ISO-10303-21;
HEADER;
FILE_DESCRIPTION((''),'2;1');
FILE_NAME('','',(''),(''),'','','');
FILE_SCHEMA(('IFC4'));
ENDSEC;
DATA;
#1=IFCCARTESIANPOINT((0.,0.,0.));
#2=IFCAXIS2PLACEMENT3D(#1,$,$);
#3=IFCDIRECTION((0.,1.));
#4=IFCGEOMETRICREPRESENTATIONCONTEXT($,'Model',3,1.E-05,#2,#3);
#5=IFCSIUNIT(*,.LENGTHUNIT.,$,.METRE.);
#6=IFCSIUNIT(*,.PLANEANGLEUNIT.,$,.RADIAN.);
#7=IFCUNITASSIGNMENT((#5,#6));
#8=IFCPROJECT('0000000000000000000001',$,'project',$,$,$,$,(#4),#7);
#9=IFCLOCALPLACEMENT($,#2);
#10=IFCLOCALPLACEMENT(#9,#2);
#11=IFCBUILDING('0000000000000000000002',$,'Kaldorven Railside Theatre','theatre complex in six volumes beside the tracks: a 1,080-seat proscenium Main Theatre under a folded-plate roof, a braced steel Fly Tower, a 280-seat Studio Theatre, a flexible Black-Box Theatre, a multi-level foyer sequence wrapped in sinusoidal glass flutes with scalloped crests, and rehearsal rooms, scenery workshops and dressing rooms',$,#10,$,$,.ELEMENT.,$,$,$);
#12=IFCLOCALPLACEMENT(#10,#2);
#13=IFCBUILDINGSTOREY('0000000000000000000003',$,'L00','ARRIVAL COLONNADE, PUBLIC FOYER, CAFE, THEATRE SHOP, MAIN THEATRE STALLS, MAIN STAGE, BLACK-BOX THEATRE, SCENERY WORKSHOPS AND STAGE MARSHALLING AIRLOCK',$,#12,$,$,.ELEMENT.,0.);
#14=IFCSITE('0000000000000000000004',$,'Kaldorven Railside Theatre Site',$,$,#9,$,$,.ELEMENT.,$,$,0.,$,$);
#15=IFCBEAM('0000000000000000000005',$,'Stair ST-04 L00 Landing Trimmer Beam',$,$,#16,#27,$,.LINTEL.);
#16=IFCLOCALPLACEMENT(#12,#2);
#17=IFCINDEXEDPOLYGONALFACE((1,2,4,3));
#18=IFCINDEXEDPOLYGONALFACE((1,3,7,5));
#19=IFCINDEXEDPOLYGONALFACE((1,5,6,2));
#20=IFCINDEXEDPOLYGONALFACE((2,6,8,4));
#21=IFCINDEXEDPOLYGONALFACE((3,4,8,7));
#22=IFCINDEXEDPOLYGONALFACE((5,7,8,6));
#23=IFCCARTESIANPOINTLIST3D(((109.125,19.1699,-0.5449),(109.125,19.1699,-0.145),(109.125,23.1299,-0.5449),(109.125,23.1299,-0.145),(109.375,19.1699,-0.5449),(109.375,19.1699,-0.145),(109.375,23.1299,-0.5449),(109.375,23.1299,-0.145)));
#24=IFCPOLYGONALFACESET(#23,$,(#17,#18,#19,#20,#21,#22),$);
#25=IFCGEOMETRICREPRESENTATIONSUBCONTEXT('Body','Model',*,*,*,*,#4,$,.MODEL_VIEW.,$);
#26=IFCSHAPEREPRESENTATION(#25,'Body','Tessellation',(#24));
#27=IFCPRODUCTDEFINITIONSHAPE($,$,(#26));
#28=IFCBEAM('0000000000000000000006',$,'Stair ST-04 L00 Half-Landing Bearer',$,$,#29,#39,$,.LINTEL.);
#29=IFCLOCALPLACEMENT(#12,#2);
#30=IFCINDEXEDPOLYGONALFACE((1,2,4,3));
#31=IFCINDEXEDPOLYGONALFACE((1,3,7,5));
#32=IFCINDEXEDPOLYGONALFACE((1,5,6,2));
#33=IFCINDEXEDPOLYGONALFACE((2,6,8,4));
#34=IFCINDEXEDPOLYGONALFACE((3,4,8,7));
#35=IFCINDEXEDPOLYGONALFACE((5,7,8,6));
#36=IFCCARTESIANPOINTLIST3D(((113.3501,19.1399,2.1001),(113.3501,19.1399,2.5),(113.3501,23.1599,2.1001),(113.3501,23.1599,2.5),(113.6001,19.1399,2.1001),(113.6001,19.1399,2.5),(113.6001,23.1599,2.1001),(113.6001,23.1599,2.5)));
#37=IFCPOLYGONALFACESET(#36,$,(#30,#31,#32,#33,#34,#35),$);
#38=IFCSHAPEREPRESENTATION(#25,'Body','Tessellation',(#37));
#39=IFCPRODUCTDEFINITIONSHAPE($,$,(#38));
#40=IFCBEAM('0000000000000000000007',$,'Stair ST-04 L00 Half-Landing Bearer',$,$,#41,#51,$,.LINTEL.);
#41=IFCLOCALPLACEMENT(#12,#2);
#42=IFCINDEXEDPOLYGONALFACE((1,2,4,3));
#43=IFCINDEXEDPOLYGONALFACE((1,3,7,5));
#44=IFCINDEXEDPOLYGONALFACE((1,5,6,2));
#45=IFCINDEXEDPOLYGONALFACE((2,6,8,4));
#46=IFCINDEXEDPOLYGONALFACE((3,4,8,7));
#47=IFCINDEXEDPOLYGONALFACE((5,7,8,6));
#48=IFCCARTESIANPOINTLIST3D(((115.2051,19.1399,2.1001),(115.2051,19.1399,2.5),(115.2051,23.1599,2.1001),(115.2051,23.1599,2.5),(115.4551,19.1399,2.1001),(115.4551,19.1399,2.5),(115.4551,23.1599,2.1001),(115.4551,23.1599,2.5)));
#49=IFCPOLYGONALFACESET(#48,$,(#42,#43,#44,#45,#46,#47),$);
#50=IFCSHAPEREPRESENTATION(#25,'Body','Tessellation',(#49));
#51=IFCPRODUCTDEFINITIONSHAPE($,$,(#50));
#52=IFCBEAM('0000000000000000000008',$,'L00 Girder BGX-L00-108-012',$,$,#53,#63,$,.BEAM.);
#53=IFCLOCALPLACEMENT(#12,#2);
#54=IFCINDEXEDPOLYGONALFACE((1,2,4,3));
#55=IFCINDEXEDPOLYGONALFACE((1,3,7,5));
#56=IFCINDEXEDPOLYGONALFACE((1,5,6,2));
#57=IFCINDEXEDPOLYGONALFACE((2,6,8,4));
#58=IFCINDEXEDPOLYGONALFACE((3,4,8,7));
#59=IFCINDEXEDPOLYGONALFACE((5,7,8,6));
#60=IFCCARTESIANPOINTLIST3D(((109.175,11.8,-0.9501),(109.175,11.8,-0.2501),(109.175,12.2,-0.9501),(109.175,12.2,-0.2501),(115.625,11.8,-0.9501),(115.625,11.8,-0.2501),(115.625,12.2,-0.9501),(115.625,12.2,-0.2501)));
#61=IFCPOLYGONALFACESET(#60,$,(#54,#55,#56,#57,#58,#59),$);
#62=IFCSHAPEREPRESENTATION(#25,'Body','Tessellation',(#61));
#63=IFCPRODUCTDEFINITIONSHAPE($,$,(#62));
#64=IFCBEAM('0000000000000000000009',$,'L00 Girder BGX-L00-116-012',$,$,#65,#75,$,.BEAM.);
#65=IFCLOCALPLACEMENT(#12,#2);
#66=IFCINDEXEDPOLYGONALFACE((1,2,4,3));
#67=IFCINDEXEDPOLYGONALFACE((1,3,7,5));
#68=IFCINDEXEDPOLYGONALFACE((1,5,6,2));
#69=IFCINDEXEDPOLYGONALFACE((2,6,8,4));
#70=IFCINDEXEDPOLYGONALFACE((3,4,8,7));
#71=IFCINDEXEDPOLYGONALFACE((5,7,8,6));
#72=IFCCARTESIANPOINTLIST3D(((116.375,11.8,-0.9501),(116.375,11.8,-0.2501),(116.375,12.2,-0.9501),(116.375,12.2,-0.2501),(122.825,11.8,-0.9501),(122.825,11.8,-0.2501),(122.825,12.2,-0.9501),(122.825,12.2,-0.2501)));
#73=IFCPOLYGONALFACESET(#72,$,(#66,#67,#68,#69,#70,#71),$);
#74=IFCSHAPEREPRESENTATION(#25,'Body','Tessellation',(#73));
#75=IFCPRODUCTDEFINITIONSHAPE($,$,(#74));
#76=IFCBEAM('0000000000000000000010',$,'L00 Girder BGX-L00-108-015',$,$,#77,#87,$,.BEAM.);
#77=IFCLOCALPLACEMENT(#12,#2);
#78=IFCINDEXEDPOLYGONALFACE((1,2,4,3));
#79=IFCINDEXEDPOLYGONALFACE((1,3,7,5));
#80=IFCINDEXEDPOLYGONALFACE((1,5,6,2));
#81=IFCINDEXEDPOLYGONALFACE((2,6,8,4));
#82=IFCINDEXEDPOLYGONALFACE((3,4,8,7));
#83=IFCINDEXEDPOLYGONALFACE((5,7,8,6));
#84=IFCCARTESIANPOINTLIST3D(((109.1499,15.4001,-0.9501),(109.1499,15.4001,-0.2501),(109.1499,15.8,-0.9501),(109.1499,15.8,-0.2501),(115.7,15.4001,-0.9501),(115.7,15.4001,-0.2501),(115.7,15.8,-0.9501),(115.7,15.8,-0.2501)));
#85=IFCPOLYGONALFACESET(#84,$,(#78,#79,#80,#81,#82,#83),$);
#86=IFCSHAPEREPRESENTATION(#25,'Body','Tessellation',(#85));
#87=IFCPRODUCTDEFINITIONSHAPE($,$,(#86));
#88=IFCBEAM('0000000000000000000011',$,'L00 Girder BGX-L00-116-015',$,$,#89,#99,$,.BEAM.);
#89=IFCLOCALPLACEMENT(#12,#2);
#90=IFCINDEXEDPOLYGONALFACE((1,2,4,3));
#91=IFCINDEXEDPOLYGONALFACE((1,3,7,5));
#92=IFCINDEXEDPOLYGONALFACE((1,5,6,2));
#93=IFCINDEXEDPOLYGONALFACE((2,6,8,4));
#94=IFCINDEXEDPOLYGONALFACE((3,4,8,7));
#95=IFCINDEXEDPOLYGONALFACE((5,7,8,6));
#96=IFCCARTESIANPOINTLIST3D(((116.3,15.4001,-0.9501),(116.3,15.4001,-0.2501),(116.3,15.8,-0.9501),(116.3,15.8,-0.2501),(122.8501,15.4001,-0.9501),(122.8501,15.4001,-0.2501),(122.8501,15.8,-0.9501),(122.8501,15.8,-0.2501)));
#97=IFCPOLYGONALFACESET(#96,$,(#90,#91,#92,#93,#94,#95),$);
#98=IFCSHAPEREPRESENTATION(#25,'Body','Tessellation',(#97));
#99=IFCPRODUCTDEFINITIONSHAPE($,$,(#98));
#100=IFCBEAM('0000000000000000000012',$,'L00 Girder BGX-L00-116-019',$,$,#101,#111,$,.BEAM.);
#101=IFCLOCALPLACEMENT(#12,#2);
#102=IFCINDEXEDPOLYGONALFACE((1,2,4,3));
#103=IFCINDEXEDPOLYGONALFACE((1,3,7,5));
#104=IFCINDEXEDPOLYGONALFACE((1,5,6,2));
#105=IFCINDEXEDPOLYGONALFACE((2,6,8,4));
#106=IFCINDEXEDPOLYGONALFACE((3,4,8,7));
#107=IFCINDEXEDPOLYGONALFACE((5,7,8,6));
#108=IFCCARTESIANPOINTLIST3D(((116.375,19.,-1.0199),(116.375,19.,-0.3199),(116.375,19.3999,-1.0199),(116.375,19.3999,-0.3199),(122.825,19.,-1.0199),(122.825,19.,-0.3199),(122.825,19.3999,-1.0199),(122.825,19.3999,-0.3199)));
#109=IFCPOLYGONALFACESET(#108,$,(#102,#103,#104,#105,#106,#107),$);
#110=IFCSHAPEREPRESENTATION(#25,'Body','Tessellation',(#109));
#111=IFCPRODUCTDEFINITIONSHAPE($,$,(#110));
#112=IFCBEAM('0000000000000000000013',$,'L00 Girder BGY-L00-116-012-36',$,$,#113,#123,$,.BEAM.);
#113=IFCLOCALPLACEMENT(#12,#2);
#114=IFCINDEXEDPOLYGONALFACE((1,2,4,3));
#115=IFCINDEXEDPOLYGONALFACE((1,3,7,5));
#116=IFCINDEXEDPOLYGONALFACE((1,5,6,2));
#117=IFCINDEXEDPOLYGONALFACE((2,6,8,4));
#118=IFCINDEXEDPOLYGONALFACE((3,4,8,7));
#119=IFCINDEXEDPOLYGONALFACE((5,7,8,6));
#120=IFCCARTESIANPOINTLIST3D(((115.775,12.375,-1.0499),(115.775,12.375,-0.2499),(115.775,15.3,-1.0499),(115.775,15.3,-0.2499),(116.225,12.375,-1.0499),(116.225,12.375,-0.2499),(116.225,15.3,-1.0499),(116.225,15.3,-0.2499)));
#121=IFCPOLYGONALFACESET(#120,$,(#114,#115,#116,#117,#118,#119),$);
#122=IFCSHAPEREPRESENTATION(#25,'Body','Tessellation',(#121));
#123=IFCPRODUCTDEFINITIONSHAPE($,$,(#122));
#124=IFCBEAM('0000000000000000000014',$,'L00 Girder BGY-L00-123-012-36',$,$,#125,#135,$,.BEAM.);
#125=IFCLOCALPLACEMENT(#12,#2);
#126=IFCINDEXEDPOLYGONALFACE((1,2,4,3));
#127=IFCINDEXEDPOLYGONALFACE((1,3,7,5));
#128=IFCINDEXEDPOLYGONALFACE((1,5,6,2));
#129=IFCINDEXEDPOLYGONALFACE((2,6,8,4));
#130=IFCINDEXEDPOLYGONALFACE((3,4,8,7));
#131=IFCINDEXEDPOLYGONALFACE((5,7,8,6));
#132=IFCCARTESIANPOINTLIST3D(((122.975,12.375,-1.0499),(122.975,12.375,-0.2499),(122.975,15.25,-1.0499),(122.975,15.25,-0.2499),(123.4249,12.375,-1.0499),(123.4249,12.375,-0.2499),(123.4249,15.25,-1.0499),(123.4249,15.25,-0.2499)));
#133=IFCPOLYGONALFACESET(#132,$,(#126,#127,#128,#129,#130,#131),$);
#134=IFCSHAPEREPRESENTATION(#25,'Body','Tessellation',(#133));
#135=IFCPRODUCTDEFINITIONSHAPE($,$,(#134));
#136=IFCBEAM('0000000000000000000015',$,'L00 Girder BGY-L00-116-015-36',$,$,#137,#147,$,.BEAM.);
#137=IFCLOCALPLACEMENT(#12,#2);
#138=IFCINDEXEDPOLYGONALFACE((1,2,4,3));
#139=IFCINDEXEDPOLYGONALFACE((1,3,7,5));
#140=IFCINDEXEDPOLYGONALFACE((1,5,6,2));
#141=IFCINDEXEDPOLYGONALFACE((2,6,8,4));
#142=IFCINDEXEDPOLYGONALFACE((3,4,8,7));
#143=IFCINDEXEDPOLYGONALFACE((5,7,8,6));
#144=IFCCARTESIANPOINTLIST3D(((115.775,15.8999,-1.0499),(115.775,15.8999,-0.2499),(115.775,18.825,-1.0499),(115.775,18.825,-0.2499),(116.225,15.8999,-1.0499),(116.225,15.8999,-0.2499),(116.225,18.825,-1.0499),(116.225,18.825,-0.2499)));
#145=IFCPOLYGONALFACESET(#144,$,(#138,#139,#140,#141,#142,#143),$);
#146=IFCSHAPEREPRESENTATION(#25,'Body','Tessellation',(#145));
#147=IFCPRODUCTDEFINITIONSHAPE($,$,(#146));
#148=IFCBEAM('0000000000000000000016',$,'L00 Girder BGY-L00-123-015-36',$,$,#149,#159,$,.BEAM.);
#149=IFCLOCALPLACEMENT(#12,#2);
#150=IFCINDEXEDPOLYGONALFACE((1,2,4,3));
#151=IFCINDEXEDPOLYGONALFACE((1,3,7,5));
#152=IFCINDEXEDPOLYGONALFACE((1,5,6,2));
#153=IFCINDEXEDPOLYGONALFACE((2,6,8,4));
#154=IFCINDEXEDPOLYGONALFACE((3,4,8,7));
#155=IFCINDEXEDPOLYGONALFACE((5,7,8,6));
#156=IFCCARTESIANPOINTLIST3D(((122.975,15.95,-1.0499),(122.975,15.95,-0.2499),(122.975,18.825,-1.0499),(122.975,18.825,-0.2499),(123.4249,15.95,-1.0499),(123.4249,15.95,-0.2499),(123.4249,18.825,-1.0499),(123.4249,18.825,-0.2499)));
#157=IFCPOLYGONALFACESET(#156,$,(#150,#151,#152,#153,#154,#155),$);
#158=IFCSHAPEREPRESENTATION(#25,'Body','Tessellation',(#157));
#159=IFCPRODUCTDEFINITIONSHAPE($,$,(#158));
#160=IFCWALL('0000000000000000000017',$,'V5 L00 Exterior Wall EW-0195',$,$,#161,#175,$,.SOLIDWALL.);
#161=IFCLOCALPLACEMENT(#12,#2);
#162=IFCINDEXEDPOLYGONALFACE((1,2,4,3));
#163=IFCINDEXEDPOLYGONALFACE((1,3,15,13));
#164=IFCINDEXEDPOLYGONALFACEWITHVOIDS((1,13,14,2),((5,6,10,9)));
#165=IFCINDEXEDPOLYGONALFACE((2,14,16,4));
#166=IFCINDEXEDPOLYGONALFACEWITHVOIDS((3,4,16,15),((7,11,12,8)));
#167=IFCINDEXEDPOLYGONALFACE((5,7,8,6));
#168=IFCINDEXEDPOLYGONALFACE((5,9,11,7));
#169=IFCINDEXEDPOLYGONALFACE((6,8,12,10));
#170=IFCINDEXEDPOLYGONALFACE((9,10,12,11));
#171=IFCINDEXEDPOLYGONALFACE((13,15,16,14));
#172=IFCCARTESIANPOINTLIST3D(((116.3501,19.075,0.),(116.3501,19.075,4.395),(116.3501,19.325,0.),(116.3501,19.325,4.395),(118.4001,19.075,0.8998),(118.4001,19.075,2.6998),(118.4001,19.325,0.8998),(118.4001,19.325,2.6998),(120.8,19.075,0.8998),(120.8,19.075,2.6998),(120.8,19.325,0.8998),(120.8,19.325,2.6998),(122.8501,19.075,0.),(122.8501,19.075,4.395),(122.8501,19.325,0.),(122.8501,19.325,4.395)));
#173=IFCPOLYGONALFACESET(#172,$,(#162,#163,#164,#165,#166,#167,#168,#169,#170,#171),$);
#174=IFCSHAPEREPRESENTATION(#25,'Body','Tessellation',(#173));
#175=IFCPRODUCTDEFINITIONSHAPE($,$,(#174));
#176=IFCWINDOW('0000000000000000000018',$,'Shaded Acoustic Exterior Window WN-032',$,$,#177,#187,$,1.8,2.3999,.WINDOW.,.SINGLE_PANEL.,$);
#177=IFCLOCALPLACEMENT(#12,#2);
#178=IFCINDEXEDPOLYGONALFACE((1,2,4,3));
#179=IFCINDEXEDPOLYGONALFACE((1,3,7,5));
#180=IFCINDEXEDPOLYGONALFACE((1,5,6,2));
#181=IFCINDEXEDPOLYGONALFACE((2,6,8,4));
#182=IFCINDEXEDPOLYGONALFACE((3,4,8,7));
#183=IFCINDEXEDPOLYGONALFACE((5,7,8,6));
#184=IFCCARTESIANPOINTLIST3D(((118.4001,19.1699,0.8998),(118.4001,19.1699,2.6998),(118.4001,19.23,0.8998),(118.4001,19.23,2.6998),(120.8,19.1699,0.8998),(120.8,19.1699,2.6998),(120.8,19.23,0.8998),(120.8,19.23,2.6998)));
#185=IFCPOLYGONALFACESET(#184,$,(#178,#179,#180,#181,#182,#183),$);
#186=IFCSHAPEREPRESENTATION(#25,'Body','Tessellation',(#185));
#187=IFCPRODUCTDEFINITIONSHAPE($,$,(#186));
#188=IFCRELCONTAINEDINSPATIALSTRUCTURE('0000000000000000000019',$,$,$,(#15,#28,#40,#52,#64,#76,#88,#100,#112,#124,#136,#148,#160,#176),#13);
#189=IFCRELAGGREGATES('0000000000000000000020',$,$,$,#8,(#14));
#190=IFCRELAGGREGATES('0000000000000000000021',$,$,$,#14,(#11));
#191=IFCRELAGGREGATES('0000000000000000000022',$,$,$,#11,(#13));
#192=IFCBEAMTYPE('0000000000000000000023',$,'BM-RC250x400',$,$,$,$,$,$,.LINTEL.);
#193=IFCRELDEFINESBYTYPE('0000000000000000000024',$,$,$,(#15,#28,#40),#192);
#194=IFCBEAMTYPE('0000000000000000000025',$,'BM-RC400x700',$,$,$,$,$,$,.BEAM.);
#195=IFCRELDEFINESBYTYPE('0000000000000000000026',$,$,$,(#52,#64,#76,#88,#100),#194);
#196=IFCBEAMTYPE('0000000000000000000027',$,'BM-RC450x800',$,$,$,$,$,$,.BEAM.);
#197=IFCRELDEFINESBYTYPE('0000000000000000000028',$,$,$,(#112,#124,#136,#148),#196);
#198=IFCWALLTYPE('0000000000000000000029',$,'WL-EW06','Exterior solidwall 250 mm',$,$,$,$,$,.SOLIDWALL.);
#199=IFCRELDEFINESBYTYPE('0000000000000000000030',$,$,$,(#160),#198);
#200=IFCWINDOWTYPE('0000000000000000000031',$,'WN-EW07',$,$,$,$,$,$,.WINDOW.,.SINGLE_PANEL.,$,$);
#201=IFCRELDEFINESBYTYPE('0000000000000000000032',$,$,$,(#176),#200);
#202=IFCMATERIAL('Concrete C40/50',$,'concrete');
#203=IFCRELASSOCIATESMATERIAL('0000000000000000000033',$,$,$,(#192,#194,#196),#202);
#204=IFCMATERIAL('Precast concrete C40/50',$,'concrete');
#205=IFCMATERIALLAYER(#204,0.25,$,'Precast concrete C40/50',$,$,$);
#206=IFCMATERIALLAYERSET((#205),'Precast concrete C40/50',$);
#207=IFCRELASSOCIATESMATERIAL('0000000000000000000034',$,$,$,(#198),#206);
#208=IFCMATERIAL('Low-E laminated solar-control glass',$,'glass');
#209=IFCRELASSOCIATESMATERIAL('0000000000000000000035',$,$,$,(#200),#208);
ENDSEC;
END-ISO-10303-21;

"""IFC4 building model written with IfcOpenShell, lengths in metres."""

from ifc_helpers import new_model, si_unit, direction, frame, frame_2d, origin, origin_2d, place, context, subcontext, project, spatial, rectangle, extrude, material, layer, layer_set, material_profile, profile_set, type_object, element, fill, save


model = new_model("IFC4")

# Units and contexts
model_context = context("Model", 3, precision=1e-05, world=origin(), true_north=direction((0.0, 1.0)))
body_context = subcontext(model_context, "Body", "Model", "MODEL_VIEW")
ifc_project = project(units=[si_unit("LENGTHUNIT", "METRE"), si_unit("PLANEANGLEUNIT", "RADIAN")], contexts=[model_context])

# Site, building, storey
site_placement = place(None, origin())
site = spatial("IfcSite", under=ifc_project, at=site_placement, Name="Kaldorven Railside Theatre Site", CompositionType="ELEMENT", RefElevation=0.0)
building_placement = place(site_placement, origin())
building = spatial("IfcBuilding", under=site, at=building_placement, Name="Kaldorven Railside Theatre", Description="theatre complex in six volumes beside the tracks: a 1,080-seat proscenium Main Theatre under a folded-plate roof, a braced steel Fly Tower, a 280-seat Studio Theatre, a flexible Black-Box Theatre, a multi-level foyer sequence wrapped in sinusoidal glass flutes with scalloped crests, and rehearsal rooms, scenery workshops and dressing rooms", CompositionType="ELEMENT")
storey_placement = place(building_placement, origin())
storey = spatial("IfcBuildingStorey", under=building, at=storey_placement, Name="L00", Description="ARRIVAL COLONNADE, PUBLIC FOYER, CAFE, THEATRE SHOP, MAIN THEATRE STALLS, MAIN STAGE, BLACK-BOX THEATRE, SCENERY WORKSHOPS AND STAGE MARSHALLING AIRLOCK", CompositionType="ELEMENT", Elevation=0.0)

# Shared definitions
ifc_material_1 = material(Name="Concrete C40/50", Category="concrete")

# Beams
ifc_material_profile_1 = material_profile(ifc_material_1, rectangle(XDim=0.25, YDim=0.3999, at=origin_2d()), Name="RC 250x400")
ifc_profile_set_1 = profile_set([ifc_material_profile_1], Name="Concrete C40/50")
beam_type_1 = type_object("IfcBeamType", Name="BM-RC250x400", PredefinedType="LINTEL", material=ifc_profile_set_1)
beam_1_placement = place(storey_placement, frame((109.25, 19.1699, -0.345), z_axis=(0.0, 1.0, 0.0), x_axis=(-1.0, 0.0, 0.0)))
element("IfcBeam", 1, at=beam_1_placement, inside=storey, type_object=beam_type_1, Name="Stair ST-04 L00 Landing Trimmer Beam", PredefinedType="LINTEL", context=body_context, shape_type="SweptSolid", body=[
    extrude(rectangle(XDim=0.25, YDim=0.3999, at=origin_2d()), origin(), (0.0, 0.0, 1.0), 3.96),
])
for number, where, z_axis, x_axis, name in (
    (2, (113.4751, 19.1399, 2.3), (0.0, 1.0, 0.0), (-1.0, 0.0, 0.0), "Stair ST-04 L00 Half-Landing Bearer"),
    (3, (115.3301, 19.1399, 2.3), (0.0, 1.0, 0.0), (-1.0, 0.0, 0.0), "Stair ST-04 L00 Half-Landing Bearer"),
):
    element("IfcBeam", number, at=place(storey_placement, frame(where, z_axis=z_axis, x_axis=x_axis)), inside=storey, type_object=beam_type_1, Name=name, PredefinedType="LINTEL", context=body_context, shape_type="SweptSolid", body=[
        extrude(rectangle(XDim=0.25, YDim=0.3999, at=origin_2d()), origin(), (0.0, 0.0, 1.0), 4.02),
    ])
ifc_material_profile_2 = material_profile(ifc_material_1, rectangle(XDim=0.3999, YDim=0.7, at=origin_2d()), Name="RC 400x700")
ifc_profile_set_2 = profile_set([ifc_material_profile_2], Name="Concrete C40/50")
beam_type_2 = type_object("IfcBeamType", Name="BM-RC400x700", PredefinedType="BEAM", material=ifc_profile_set_2)
for number, where, z_axis, x_axis, name in (
    (4, (109.175, 12.0, -0.6001), (1.0, 0.0, 0.0), (0.0, 1.0, 0.0), "L00 Girder BGX-L00-108-012"),
    (5, (116.375, 12.0, -0.6001), (1.0, 0.0, 0.0), (0.0, 1.0, 0.0), "L00 Girder BGX-L00-116-012"),
):
    element("IfcBeam", number, at=place(storey_placement, frame(where, z_axis=z_axis, x_axis=x_axis)), inside=storey, type_object=beam_type_2, Name=name, PredefinedType="BEAM", context=body_context, shape_type="SweptSolid", body=[
        extrude(rectangle(XDim=0.3999, YDim=0.7, at=origin_2d()), origin(), (0.0, 0.0, 1.0), 6.45),
    ])
for number, where, z_axis, x_axis, name in (
    (6, (109.1499, 15.6001, -0.6001), (1.0, 0.0, 0.0), (0.0, 1.0, 0.0), "L00 Girder BGX-L00-108-015"),
    (7, (116.3, 15.6001, -0.6001), (1.0, 0.0, 0.0), (0.0, 1.0, 0.0), "L00 Girder BGX-L00-116-015"),
):
    element("IfcBeam", number, at=place(storey_placement, frame(where, z_axis=z_axis, x_axis=x_axis)), inside=storey, type_object=beam_type_2, Name=name, PredefinedType="BEAM", context=body_context, shape_type="SweptSolid", body=[
        extrude(rectangle(XDim=0.3999, YDim=0.7, at=origin_2d()), origin(), (0.0, 0.0, 1.0), 6.55),
    ])
beam_2_placement = place(storey_placement, frame((116.375, 19.2, -0.6699), z_axis=(1.0, 0.0, 0.0), x_axis=(0.0, 1.0, 0.0)))
element("IfcBeam", 8, at=beam_2_placement, inside=storey, type_object=beam_type_2, Name="L00 Girder BGX-L00-116-019", PredefinedType="BEAM", context=body_context, shape_type="SweptSolid", body=[
    extrude(rectangle(XDim=0.3999, YDim=0.7, at=origin_2d()), origin(), (0.0, 0.0, 1.0), 6.45),
])
ifc_material_profile_3 = material_profile(ifc_material_1, rectangle(XDim=0.45, YDim=0.8, at=origin_2d()), Name="RC 450x800")
ifc_profile_set_3 = profile_set([ifc_material_profile_3], Name="Concrete C40/50")
beam_type_3 = type_object("IfcBeamType", Name="BM-RC450x800", PredefinedType="BEAM", material=ifc_profile_set_3)
beam_3_placement = place(storey_placement, frame((116.0, 12.375, -0.6499), z_axis=(0.0, 1.0, 0.0), x_axis=(-1.0, 0.0, 0.0)))
element("IfcBeam", 9, at=beam_3_placement, inside=storey, type_object=beam_type_3, Name="L00 Girder BGY-L00-116-012-36", PredefinedType="BEAM", context=body_context, shape_type="SweptSolid", body=[
    extrude(rectangle(XDim=0.45, YDim=0.8, at=origin_2d()), origin(), (0.0, 0.0, 1.0), 2.925),
])
beam_4_placement = place(storey_placement, frame((123.2, 12.375, -0.6499), z_axis=(0.0, 1.0, 0.0), x_axis=(-1.0, 0.0, 0.0)))
element("IfcBeam", 10, at=beam_4_placement, inside=storey, type_object=beam_type_3, Name="L00 Girder BGY-L00-123-012-36", PredefinedType="BEAM", context=body_context, shape_type="SweptSolid", body=[
    extrude(rectangle(XDim=0.45, YDim=0.8, at=origin_2d()), origin(), (0.0, 0.0, 1.0), 2.875),
])
beam_5_placement = place(storey_placement, frame((116.0, 15.8999, -0.6499), z_axis=(0.0, 1.0, 0.0), x_axis=(-1.0, 0.0, 0.0)))
element("IfcBeam", 11, at=beam_5_placement, inside=storey, type_object=beam_type_3, Name="L00 Girder BGY-L00-116-015-36", PredefinedType="BEAM", context=body_context, shape_type="SweptSolid", body=[
    extrude(rectangle(XDim=0.45, YDim=0.8, at=origin_2d()), origin(), (0.0, 0.0, 1.0), 2.925),
])
beam_6_placement = place(storey_placement, frame((123.2, 15.95, -0.6499), z_axis=(0.0, 1.0, 0.0), x_axis=(-1.0, 0.0, 0.0)))
element("IfcBeam", 12, at=beam_6_placement, inside=storey, type_object=beam_type_3, Name="L00 Girder BGY-L00-123-015-36", PredefinedType="BEAM", context=body_context, shape_type="SweptSolid", body=[
    extrude(rectangle(XDim=0.45, YDim=0.8, at=origin_2d()), origin(), (0.0, 0.0, 1.0), 2.875),
])

# Wall, opening, window
ifc_material_2 = material(Name="Precast concrete C40/50", Category="concrete")
ifc_layer_1 = layer(ifc_material_2, 0.25, Name="Precast concrete C40/50")
ifc_layer_set_1 = layer_set([ifc_layer_1], Name="Precast concrete C40/50")
wall_type_1 = type_object("IfcWallType", Name="WL-EW06", Description="Exterior solidwall 250 mm", PredefinedType="SOLIDWALL", material=ifc_layer_set_1)
wall_1_placement = place(storey_placement, frame((122.8501, 19.2, 0.0), z_axis=(0.0, 0.0, 1.0), x_axis=(-1.0, 0.0, 0.0)))
wall_1 = element("IfcWall", 13, at=wall_1_placement, inside=storey, type_object=wall_type_1, Name="V5 L00 Exterior Wall EW-0195", PredefinedType="SOLIDWALL", context=body_context, shape_type="SweptSolid", body=[
    extrude(rectangle(XDim=6.5, YDim=0.25, at=frame_2d((3.25, 0.0))), origin(), (0.0, 0.0, 1.0), 4.395),
])
opening_1_placement = place(wall_1_placement, frame((2.05, 0.0, 0.8999)))
opening_1 = element("IfcOpeningElement", 14, at=opening_1_placement, cuts=wall_1, PredefinedType="OPENING", context=body_context, shape_type="SweptSolid", body=[
    extrude(rectangle(XDim=2.3999, YDim=1.8, at=frame_2d((1.2, 0.8999))), frame((0.0, 0.135, 0.0), z_axis=(0.0, -1.0, 0.0), x_axis=(1.0, 0.0, 0.0)), (0.0, 0.0, 1.0), 0.27),
])
ifc_material_3 = material(Name="Low-E laminated solar-control glass", Category="glass")
window_type = type_object("IfcWindowType", Name="WN-EW07", PartitioningType="SINGLE_PANEL", PredefinedType="WINDOW", material=ifc_material_3)
window_placement = place(opening_1_placement, origin())
window = element("IfcWindow", 15, at=window_placement, inside=storey, type_object=window_type, Name="Shaded Acoustic Exterior Window WN-032", OverallHeight=1.8, OverallWidth=2.3999, PartitioningType="SINGLE_PANEL", PredefinedType="WINDOW", context=body_context, shape_type="SweptSolid", body=[
    extrude(rectangle(XDim=2.3999, YDim=1.8, at=frame_2d((1.2, 0.8999))), frame((0.0, 0.03, 0.0), z_axis=(0.0, -1.0, 0.0), x_axis=(1.0, 0.0, 0.0)), (0.0, 0.0, 1.0), 0.0601),
])
fill(opening_1, window)

save(model, "model.ifc")
